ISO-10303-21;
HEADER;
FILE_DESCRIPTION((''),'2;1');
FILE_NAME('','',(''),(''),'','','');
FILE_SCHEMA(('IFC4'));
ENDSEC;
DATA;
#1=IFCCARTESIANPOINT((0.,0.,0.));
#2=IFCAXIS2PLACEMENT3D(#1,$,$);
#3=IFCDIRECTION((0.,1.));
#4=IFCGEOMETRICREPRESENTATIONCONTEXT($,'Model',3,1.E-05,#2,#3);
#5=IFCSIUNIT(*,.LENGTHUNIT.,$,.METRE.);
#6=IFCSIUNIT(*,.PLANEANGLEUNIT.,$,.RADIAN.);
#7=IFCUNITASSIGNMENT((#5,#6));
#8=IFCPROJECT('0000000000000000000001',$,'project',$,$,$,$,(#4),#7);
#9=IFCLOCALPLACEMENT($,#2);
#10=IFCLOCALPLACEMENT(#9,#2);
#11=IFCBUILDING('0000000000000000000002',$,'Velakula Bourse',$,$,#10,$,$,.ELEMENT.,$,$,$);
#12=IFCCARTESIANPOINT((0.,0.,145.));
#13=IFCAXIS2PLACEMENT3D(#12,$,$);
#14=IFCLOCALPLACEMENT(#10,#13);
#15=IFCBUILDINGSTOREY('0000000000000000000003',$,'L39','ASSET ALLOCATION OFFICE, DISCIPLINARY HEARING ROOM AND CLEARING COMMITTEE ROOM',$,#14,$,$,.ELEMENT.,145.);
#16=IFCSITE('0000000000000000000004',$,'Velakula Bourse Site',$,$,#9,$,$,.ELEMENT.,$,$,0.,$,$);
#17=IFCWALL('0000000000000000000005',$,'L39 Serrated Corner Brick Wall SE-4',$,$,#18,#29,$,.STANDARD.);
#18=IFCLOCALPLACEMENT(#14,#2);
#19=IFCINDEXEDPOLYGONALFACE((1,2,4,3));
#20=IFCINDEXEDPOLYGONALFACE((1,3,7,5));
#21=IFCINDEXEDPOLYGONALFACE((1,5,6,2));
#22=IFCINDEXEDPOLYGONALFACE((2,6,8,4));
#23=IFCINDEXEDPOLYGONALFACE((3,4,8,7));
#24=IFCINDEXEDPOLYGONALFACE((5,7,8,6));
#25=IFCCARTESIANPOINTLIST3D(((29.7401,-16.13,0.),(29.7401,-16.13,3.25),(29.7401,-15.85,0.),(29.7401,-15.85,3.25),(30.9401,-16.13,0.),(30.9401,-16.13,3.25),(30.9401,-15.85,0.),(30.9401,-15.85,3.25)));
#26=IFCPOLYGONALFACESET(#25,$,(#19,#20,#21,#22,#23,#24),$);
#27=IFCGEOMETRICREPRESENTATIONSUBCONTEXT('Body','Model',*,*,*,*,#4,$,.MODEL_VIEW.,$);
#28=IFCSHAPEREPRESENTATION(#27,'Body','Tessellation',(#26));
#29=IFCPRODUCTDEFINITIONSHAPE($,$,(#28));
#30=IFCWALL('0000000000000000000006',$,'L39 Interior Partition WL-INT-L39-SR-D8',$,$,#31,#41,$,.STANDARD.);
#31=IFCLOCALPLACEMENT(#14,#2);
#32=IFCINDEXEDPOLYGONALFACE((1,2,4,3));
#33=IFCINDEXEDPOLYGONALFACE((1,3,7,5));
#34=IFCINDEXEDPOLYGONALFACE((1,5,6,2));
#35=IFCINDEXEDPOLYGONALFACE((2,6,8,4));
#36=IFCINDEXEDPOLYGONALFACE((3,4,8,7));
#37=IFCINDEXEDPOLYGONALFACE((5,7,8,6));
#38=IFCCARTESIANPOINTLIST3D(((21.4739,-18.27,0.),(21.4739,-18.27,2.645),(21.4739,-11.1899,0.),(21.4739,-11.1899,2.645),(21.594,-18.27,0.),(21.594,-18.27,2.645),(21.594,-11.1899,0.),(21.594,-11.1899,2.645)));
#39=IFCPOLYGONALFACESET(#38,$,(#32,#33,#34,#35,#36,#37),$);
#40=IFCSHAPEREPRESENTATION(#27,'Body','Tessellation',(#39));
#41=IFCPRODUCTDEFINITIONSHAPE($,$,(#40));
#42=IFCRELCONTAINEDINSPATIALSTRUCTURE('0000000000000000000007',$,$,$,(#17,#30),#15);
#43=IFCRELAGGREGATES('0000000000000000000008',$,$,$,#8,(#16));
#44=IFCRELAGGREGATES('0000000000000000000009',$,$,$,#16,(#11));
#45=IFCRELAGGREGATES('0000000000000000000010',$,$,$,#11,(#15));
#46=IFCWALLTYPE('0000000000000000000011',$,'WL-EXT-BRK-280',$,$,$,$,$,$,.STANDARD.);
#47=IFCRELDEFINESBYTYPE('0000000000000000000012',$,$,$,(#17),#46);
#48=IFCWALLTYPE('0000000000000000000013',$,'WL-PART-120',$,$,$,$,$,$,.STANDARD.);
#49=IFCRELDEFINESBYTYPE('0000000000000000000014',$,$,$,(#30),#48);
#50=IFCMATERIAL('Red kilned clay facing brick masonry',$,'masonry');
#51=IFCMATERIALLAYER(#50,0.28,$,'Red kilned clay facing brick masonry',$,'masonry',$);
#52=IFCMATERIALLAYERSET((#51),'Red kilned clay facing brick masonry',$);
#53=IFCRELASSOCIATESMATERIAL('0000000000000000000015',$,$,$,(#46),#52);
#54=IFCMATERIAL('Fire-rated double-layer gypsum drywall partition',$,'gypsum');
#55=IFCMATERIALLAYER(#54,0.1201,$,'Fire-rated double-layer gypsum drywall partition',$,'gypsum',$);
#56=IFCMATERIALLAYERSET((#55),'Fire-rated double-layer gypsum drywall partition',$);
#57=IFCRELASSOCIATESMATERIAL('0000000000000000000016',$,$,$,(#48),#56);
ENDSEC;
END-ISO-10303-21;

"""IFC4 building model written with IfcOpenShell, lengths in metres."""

from ifc_helpers import new_model, si_unit, direction, frame, frame_2d, origin, place, context, subcontext, project, spatial, rectangle, extrude, material, layer, layer_set, type_object, element, save


model = new_model("IFC4")

# Units and contexts
model_context = context("Model", 3, precision=1e-05, world=origin(), true_north=direction((0.0, 1.0)))
body_context = subcontext(model_context, "Body", "Model", "MODEL_VIEW")
ifc_project = project(units=[si_unit("LENGTHUNIT", "METRE"), si_unit("PLANEANGLEUNIT", "RADIAN")], contexts=[model_context])

# Site, building, storey
site_placement = place(None, origin())
site = spatial("IfcSite", under=ifc_project, at=site_placement, Name="Velakula Bourse Site", CompositionType="ELEMENT", RefElevation=0.0)
building_placement = place(site_placement, origin())
building = spatial("IfcBuilding", under=site, at=building_placement, Name="Velakula Bourse", CompositionType="ELEMENT")
storey_placement = place(building_placement, frame((0.0, 0.0, 145.0)))
storey = spatial("IfcBuildingStorey", under=building, at=storey_placement, Name="L39", Description="ASSET ALLOCATION OFFICE, DISCIPLINARY HEARING ROOM AND CLEARING COMMITTEE ROOM", CompositionType="ELEMENT", Elevation=145.0)

# Shared definitions
ifc_material_1 = material(Name="Red kilned clay facing brick masonry", Category="masonry")
ifc_layer_1 = layer(ifc_material_1, 0.28, Name="Red kilned clay facing brick masonry", Category="masonry")
ifc_layer_set_1 = layer_set([ifc_layer_1], Name="Red kilned clay facing brick masonry")
wall_type_1 = type_object("IfcWallType", Name="WL-EXT-BRK-280", PredefinedType="STANDARD", material=ifc_layer_set_1)

# Walls
for number, where, z_axis, x_axis, name in (
    (1, (29.74, -15.99, 0.0), (0.0, 0.0, 1.0), (1.0, 0.0, 0.0), "L39 Serrated Corner Brick Wall SE-4"),
):
    element("IfcWall", number, at=place(storey_placement, frame(where, z_axis=z_axis, x_axis=x_axis)), inside=storey, type_object=wall_type_1, Name=name, PredefinedType="STANDARD", context=body_context, shape_type="SweptSolid", body=[
        extrude(rectangle(XDim=1.2, YDim=0.28, at=frame_2d((0.6001, 0.0))), origin(), (0.0, 0.0, 1.0), 3.25),
    ])
ifc_material_2 = material(Name="Fire-rated double-layer gypsum drywall partition", Category="gypsum")
ifc_layer_2 = layer(ifc_material_2, 0.1201, Name="Fire-rated double-layer gypsum drywall partition", Category="gypsum")
ifc_layer_set_2 = layer_set([ifc_layer_2], Name="Fire-rated double-layer gypsum drywall partition")
wall_type_2 = type_object("IfcWallType", Name="WL-PART-120", PredefinedType="STANDARD", material=ifc_layer_set_2)
wall_1_placement = place(storey_placement, frame((21.5339, -18.27, 0.0), z_axis=(0.0, 0.0, 1.0), x_axis=(0.0, 1.0, 0.0)))
element("IfcWall", 2, at=wall_1_placement, inside=storey, type_object=wall_type_2, Name="L39 Interior Partition WL-INT-L39-SR-D8", PredefinedType="STANDARD", context=body_context, shape_type="SweptSolid", body=[
    extrude(rectangle(XDim=7.0801, YDim=0.1201, at=frame_2d((3.54, 0.0))), origin(), (0.0, 0.0, 1.0), 2.645),
])

save(model, "model.ifc")
